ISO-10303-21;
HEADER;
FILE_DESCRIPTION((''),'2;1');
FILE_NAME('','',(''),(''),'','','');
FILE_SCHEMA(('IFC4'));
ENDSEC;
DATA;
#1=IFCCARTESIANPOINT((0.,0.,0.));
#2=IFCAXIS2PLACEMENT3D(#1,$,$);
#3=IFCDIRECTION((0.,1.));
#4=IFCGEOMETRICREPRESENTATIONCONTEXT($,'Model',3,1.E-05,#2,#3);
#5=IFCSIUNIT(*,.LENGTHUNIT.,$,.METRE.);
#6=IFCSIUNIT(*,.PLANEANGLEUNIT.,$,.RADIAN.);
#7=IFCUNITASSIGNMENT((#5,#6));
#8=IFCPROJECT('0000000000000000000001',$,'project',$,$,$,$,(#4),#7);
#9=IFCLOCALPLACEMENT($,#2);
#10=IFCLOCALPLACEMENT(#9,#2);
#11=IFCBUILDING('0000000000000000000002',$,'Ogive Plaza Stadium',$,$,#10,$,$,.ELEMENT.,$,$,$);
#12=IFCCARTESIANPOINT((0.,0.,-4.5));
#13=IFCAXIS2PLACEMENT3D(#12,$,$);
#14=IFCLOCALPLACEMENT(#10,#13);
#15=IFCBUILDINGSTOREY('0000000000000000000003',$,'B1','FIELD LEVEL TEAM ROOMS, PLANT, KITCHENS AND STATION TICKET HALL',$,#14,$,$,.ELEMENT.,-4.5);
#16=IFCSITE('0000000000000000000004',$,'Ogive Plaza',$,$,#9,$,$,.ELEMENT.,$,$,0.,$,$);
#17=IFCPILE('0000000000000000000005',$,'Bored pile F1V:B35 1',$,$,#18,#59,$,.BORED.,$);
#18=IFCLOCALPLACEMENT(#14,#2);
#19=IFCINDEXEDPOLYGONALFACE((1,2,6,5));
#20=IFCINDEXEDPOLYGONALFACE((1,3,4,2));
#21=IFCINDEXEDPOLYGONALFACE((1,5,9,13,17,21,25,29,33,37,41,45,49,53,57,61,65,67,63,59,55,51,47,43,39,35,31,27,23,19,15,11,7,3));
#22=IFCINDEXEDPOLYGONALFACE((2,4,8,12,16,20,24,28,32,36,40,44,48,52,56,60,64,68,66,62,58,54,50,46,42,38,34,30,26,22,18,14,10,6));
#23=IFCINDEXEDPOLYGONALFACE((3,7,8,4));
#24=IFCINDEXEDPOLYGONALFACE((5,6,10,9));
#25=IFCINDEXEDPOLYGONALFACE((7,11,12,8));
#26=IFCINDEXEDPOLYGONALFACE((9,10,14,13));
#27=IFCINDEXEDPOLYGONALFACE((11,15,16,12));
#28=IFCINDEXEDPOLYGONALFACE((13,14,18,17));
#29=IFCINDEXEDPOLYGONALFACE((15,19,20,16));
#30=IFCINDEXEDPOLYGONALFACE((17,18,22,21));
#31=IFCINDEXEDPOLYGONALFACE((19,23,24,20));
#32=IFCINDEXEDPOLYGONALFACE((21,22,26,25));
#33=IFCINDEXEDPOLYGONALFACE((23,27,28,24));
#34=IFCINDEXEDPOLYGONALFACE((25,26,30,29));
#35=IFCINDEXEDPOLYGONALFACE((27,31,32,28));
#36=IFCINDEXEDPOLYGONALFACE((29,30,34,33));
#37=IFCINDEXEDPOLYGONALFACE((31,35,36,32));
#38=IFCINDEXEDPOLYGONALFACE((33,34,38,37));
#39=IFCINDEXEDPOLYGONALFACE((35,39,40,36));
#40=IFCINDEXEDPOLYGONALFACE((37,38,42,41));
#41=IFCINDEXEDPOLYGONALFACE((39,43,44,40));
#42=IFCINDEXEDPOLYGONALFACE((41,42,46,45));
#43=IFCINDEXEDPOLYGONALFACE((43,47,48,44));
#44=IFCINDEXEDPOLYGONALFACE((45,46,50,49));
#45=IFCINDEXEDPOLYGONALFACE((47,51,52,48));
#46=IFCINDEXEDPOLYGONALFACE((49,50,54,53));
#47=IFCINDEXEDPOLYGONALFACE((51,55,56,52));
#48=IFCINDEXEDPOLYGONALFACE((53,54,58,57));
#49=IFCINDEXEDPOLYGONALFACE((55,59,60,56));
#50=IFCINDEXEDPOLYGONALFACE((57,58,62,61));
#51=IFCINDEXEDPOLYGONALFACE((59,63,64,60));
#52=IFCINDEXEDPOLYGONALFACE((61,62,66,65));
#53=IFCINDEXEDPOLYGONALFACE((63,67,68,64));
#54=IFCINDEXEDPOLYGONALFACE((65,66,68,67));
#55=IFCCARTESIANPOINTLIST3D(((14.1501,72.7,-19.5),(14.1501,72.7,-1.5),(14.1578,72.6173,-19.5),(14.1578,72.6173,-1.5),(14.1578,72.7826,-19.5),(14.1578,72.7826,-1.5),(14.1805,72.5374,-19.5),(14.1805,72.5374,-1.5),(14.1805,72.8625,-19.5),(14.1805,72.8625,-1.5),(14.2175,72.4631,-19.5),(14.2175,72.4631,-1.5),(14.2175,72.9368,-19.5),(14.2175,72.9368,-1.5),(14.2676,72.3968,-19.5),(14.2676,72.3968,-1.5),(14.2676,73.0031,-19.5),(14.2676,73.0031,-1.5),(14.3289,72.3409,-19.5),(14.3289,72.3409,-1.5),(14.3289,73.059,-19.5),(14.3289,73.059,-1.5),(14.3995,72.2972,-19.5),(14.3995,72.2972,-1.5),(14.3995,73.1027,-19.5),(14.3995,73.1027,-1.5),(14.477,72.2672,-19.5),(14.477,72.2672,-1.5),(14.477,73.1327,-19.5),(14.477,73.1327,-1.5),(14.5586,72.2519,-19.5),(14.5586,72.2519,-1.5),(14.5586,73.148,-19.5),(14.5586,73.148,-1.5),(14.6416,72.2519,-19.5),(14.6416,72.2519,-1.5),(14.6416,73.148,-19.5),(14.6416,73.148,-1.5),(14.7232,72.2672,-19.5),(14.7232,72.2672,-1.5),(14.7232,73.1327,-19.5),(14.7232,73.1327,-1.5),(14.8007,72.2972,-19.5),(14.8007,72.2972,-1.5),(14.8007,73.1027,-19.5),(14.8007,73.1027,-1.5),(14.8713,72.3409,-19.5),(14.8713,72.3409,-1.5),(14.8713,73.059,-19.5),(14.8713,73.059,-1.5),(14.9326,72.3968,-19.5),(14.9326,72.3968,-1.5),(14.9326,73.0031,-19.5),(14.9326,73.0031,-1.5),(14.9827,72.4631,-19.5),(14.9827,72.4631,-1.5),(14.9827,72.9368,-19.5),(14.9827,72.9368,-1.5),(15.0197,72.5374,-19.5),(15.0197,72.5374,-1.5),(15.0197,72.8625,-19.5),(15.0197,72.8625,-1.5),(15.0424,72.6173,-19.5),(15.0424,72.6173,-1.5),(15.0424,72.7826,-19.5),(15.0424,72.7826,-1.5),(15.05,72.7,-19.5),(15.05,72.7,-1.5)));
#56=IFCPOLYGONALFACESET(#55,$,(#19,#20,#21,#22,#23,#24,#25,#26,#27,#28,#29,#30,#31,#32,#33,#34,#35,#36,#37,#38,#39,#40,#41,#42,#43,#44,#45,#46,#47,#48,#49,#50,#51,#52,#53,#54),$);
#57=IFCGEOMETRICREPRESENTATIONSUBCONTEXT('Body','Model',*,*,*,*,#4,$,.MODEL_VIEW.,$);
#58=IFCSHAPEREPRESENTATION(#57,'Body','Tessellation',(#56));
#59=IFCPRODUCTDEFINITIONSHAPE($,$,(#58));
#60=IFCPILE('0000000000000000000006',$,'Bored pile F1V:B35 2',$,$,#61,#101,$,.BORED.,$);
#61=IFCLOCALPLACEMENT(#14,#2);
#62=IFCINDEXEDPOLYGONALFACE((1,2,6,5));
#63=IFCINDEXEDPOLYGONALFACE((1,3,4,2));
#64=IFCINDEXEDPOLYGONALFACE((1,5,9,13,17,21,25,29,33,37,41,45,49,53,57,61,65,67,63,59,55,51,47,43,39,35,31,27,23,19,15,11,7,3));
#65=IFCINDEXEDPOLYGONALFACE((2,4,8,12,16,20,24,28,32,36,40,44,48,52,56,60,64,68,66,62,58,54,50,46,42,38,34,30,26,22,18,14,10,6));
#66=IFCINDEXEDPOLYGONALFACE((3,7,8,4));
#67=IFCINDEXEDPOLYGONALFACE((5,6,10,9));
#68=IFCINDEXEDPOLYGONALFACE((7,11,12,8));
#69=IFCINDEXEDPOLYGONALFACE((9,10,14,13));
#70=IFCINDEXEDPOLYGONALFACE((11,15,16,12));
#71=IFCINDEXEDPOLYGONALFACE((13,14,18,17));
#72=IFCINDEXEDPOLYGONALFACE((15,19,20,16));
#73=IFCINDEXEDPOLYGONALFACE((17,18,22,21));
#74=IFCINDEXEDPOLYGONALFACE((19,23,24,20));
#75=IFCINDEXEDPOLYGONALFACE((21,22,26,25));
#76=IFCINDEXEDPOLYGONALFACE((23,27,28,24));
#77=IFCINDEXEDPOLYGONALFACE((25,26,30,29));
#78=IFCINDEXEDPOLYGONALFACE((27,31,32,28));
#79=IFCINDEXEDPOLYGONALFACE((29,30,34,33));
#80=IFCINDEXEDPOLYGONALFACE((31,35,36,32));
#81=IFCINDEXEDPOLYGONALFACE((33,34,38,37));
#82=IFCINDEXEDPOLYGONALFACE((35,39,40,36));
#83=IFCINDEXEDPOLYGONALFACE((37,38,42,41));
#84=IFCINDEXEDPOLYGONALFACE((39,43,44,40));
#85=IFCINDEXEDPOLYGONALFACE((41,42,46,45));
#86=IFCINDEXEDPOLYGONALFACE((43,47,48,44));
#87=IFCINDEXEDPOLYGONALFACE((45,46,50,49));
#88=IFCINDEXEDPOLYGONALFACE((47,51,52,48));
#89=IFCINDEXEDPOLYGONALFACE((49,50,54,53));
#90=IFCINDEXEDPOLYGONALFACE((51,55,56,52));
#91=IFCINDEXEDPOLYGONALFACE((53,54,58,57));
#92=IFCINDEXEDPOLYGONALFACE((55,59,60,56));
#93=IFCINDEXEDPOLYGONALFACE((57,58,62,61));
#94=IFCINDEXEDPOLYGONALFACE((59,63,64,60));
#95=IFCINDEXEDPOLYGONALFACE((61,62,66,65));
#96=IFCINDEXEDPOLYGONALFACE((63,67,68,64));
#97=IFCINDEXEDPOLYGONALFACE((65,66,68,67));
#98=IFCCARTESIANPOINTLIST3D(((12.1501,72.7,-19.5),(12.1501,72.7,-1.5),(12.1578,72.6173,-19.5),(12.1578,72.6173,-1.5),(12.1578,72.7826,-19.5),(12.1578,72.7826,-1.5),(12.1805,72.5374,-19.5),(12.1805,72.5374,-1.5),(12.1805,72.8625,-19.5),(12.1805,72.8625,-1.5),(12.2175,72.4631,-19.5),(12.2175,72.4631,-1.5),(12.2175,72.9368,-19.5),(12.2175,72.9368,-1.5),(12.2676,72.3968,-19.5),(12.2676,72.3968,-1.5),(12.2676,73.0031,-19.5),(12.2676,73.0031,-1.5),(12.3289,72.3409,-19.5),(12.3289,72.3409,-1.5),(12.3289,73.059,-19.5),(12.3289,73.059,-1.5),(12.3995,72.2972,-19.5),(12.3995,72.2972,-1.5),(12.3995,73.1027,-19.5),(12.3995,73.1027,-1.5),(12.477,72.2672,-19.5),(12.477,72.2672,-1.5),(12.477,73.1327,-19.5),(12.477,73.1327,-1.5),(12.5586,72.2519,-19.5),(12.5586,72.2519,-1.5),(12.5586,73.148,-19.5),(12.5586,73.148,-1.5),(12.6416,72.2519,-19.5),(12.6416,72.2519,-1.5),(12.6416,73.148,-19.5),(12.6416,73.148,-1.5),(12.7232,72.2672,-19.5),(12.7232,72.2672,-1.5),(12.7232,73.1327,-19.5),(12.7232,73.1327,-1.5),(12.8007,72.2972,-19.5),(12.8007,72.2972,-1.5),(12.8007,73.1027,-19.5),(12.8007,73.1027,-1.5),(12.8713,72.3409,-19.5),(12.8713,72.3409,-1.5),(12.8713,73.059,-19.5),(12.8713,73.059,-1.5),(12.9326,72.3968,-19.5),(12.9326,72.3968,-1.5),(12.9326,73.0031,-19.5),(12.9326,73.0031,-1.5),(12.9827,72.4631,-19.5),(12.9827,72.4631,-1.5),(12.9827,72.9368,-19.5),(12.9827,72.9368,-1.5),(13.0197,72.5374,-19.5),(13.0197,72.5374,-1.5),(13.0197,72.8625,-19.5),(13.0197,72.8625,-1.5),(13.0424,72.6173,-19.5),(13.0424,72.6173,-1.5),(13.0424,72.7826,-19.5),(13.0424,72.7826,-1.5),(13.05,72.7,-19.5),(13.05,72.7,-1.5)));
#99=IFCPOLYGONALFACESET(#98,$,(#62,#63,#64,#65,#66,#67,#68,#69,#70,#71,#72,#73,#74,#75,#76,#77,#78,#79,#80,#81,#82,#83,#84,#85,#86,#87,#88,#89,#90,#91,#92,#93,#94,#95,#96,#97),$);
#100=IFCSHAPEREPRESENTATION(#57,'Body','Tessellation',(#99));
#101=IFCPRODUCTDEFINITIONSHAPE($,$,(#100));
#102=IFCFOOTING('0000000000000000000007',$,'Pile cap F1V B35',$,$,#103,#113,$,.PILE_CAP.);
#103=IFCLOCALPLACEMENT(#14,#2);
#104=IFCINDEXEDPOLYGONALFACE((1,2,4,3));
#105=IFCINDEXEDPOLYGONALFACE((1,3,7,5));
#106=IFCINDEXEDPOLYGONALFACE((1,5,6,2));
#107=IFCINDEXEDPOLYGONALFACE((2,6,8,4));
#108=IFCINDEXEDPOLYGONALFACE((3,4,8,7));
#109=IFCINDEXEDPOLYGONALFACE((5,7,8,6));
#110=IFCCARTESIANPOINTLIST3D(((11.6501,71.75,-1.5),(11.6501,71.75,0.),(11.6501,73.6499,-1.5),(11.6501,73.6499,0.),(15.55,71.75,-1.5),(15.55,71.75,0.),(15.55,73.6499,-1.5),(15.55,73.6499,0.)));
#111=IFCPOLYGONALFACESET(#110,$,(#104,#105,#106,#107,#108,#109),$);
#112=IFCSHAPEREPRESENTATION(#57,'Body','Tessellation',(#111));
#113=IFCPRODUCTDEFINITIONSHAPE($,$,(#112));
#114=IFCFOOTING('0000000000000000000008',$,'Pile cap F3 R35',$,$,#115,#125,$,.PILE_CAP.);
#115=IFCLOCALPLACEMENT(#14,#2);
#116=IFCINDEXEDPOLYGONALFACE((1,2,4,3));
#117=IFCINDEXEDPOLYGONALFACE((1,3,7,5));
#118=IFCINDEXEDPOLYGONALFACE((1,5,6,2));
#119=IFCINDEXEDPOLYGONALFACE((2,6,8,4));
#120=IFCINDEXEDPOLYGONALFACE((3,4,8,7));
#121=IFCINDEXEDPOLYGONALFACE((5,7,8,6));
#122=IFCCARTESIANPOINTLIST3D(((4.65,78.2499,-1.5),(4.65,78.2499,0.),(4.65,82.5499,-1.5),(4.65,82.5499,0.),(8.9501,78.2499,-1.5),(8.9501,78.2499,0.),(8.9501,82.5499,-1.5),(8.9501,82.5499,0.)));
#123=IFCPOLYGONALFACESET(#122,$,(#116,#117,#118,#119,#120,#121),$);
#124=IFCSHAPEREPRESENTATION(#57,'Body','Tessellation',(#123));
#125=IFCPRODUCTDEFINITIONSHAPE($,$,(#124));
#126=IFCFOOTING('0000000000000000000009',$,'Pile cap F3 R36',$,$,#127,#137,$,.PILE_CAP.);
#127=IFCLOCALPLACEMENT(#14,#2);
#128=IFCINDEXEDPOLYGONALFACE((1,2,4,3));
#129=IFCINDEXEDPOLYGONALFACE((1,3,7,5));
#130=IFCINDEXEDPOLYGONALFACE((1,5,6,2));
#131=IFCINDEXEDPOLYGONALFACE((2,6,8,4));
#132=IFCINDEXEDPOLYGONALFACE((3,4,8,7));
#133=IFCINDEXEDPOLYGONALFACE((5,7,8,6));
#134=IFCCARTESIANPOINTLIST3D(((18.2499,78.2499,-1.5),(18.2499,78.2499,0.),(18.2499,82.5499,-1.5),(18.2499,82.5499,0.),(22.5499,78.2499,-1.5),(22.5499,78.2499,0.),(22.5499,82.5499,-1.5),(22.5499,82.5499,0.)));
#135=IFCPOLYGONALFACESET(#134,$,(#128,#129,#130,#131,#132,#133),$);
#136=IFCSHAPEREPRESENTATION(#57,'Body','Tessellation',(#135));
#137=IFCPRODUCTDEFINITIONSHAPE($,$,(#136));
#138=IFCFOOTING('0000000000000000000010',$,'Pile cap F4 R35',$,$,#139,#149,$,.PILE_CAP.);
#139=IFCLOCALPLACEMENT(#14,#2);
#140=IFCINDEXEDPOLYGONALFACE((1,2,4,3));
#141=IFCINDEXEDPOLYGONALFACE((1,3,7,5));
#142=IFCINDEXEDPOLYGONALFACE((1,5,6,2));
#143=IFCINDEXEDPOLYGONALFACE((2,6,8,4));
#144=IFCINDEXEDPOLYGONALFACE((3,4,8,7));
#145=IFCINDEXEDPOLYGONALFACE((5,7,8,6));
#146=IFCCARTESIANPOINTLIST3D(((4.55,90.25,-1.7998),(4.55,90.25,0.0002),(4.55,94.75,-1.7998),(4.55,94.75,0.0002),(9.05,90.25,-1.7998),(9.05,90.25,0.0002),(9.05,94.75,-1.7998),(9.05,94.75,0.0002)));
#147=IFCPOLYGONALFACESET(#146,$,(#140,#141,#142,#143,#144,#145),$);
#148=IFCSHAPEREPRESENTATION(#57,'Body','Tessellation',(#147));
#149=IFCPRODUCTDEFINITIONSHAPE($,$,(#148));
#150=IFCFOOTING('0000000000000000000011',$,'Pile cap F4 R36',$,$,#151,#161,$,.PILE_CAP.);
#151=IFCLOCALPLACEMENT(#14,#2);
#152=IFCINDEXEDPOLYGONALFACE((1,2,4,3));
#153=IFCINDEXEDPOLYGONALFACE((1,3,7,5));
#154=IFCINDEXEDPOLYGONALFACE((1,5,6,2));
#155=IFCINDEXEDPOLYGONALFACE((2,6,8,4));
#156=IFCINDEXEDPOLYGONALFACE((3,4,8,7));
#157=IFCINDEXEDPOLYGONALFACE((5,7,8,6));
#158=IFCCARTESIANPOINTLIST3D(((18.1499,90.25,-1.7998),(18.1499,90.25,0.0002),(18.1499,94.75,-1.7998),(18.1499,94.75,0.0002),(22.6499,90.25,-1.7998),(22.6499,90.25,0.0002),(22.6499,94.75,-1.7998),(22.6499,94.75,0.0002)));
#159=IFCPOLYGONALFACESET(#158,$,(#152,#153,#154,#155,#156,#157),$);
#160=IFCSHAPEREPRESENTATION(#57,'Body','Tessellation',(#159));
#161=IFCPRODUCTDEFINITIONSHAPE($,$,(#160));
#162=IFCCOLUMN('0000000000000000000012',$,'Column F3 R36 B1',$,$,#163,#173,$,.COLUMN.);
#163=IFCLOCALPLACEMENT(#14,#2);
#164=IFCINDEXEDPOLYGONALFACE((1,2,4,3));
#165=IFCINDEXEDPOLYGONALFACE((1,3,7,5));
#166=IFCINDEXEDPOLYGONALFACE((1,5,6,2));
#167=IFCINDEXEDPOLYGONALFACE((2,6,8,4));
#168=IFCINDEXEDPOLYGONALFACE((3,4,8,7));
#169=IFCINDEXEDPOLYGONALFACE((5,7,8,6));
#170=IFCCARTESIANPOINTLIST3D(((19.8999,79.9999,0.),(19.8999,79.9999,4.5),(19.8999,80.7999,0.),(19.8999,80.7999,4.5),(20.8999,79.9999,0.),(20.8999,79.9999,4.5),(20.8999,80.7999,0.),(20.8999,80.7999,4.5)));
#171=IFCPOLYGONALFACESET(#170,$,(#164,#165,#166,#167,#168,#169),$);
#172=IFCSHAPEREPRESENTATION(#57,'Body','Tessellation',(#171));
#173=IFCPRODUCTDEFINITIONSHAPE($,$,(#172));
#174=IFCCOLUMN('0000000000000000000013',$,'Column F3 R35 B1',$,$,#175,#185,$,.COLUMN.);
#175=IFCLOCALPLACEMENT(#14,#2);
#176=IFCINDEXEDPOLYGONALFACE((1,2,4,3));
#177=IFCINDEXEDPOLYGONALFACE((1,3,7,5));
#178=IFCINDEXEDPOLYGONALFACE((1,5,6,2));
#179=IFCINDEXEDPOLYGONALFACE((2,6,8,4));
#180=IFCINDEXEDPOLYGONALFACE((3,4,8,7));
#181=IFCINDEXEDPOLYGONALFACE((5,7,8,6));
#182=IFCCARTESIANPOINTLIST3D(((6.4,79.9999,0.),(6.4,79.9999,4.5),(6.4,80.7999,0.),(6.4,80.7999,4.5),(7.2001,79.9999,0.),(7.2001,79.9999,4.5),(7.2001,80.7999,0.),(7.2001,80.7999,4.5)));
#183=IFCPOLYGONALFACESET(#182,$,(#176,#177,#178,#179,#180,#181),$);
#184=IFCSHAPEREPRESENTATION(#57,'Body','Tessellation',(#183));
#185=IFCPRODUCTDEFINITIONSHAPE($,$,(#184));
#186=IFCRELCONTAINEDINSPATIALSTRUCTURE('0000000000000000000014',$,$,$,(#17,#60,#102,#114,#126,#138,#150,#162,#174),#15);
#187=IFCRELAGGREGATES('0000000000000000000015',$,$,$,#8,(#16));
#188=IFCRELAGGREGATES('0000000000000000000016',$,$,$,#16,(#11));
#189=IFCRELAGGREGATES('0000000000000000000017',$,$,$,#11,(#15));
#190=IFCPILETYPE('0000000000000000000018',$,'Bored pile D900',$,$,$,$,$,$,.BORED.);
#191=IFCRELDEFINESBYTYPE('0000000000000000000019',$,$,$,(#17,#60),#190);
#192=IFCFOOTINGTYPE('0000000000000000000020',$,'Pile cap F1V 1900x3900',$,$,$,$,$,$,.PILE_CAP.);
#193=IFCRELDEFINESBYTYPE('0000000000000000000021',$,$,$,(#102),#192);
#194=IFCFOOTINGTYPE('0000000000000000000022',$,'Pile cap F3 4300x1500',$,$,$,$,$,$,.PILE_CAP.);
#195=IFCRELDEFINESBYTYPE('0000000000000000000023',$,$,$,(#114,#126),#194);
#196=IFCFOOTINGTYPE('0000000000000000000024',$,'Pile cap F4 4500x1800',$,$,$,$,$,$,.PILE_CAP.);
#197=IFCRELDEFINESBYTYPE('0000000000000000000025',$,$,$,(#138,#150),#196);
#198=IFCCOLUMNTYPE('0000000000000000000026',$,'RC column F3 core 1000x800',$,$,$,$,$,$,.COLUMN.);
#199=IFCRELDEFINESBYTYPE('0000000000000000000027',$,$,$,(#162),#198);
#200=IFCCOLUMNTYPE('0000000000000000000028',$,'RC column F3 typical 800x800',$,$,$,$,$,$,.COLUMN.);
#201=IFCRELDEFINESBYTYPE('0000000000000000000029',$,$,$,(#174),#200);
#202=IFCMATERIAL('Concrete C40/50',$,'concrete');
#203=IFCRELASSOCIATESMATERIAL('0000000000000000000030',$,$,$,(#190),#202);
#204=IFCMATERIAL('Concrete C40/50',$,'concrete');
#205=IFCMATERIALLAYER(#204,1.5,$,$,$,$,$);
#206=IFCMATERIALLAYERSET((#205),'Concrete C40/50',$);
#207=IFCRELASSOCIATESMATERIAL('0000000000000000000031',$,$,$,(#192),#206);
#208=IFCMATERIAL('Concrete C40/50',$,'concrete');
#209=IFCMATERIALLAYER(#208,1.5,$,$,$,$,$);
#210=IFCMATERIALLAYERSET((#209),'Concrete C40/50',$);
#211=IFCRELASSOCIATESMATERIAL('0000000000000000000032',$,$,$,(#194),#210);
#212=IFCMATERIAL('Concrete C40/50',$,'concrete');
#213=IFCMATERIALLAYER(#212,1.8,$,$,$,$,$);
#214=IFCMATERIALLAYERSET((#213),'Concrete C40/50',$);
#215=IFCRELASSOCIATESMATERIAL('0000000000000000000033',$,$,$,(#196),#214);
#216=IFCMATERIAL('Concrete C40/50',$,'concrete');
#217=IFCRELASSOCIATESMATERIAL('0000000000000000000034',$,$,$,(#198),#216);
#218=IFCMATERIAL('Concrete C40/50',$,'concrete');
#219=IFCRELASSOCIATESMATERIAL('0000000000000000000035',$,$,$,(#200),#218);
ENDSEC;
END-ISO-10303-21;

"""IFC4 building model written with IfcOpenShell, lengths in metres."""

from ifc_helpers import new_model, si_unit, direction, frame, origin, origin_2d, place, context, subcontext, project, spatial, rectangle, circle, extrude, material, layer, layer_set, material_profile, profile_set, type_object, element, save


model = new_model("IFC4")

# Units and contexts
model_context = context("Model", 3, precision=1e-05, world=origin(), true_north=direction((0.0, 1.0)))
body_context = subcontext(model_context, "Body", "Model", "MODEL_VIEW")
ifc_project = project(units=[si_unit("LENGTHUNIT", "METRE"), si_unit("PLANEANGLEUNIT", "RADIAN")], contexts=[model_context])

# Site, building, storey
site_placement = place(None, origin())
site = spatial("IfcSite", under=ifc_project, at=site_placement, Name="Ogive Plaza", CompositionType="ELEMENT", RefElevation=0.0)
building_placement = place(site_placement, origin())
building = spatial("IfcBuilding", under=site, at=building_placement, Name="Ogive Plaza Stadium", CompositionType="ELEMENT")
storey_placement = place(building_placement, frame((0.0, 0.0, -4.5)))
storey = spatial("IfcBuildingStorey", under=building, at=storey_placement, Name="B1", Description="FIELD LEVEL TEAM ROOMS, PLANT, KITCHENS AND STATION TICKET HALL", CompositionType="ELEMENT", Elevation=-4.5)

# Piles
ifc_material_1 = material(Name="Concrete C40/50", Category="concrete")
ifc_material_profile_1 = material_profile(ifc_material_1, circle(Radius=0.45, at=origin_2d()), Name="RC D900")
ifc_profile_set_1 = profile_set([ifc_material_profile_1], Name="Concrete C40/50")
pile_type_1 = type_object("IfcPileType", Name="Bored pile D900", PredefinedType="BORED", material=ifc_profile_set_1)
for number, where, z_axis, x_axis, name in (
    (1, (14.6001, 72.7, -1.5), (0.0, 0.0, -1.0), (1.0, 0.0, 0.0), "Bored pile F1V:B35 1"),
    (2, (12.6001, 72.7, -1.5), (0.0, 0.0, -1.0), (1.0, 0.0, 0.0), "Bored pile F1V:B35 2"),
):
    element("IfcPile", number, at=place(storey_placement, frame(where, z_axis=z_axis, x_axis=x_axis)), inside=storey, type_object=pile_type_1, Name=name, PredefinedType="BORED", context=body_context, shape_type="SweptSolid", body=[
        extrude(circle(Radius=0.45, at=origin_2d()), origin(), (0.0, 0.0, 1.0), 18.0),
    ])

# Footings
ifc_material_2 = material(Name="Concrete C40/50", Category="concrete")
ifc_layer_1 = layer(ifc_material_2, 1.5)
ifc_layer_set_1 = layer_set([ifc_layer_1], Name="Concrete C40/50")
footing_type_1 = type_object("IfcFootingType", Name="Pile cap F1V 1900x3900", PredefinedType="PILE_CAP", material=ifc_layer_set_1)
footing_placement = place(storey_placement, frame((13.6001, 72.7, -1.5), z_axis=(0.0, 0.0, 1.0), x_axis=(0.0, 1.0, 0.0)))
element("IfcFooting", 3, at=footing_placement, inside=storey, type_object=footing_type_1, Name="Pile cap F1V B35", PredefinedType="PILE_CAP", context=body_context, shape_type="SweptSolid", body=[
    extrude(rectangle(XDim=1.8999, YDim=3.8999, at=origin_2d()), origin(), (0.0, 0.0, 1.0), 1.5),
])
ifc_material_3 = material(Name="Concrete C40/50", Category="concrete")
ifc_layer_2 = layer(ifc_material_3, 1.5)
ifc_layer_set_2 = layer_set([ifc_layer_2], Name="Concrete C40/50")
footing_type_2 = type_object("IfcFootingType", Name="Pile cap F3 4300x1500", PredefinedType="PILE_CAP", material=ifc_layer_set_2)
for number, where, z_axis, x_axis, name in (
    (4, (6.8, 80.3999, -1.5), (0.0, 0.0, 1.0), (0.0, 1.0, 0.0), "Pile cap F3 R35"),
    (5, (20.3999, 80.3999, -1.5), (0.0, 0.0, 1.0), (0.0, 1.0, 0.0), "Pile cap F3 R36"),
):
    element("IfcFooting", number, at=place(storey_placement, frame(where, z_axis=z_axis, x_axis=x_axis)), inside=storey, type_object=footing_type_2, Name=name, PredefinedType="PILE_CAP", context=body_context, shape_type="SweptSolid", body=[
        extrude(rectangle(XDim=4.3, YDim=4.3, at=origin_2d()), origin(), (0.0, 0.0, 1.0), 1.5),
    ])
ifc_material_4 = material(Name="Concrete C40/50", Category="concrete")
ifc_layer_3 = layer(ifc_material_4, 1.8)
ifc_layer_set_3 = layer_set([ifc_layer_3], Name="Concrete C40/50")
footing_type_3 = type_object("IfcFootingType", Name="Pile cap F4 4500x1800", PredefinedType="PILE_CAP", material=ifc_layer_set_3)
for number, where, z_axis, x_axis, name in (
    (6, (6.8, 92.5, -1.7998), (0.0, 0.0, 1.0), (0.0, 1.0, 0.0), "Pile cap F4 R35"),
    (7, (20.3999, 92.5, -1.7998), (0.0, 0.0, 1.0), (0.0, 1.0, 0.0), "Pile cap F4 R36"),
):
    element("IfcFooting", number, at=place(storey_placement, frame(where, z_axis=z_axis, x_axis=x_axis)), inside=storey, type_object=footing_type_3, Name=name, PredefinedType="PILE_CAP", context=body_context, shape_type="SweptSolid", body=[
        extrude(rectangle(XDim=4.5, YDim=4.5, at=origin_2d()), origin(), (0.0, 0.0, 1.0), 1.8),
    ])

# Columns
ifc_material_5 = material(Name="Concrete C40/50", Category="concrete")
ifc_material_profile_2 = material_profile(ifc_material_5, rectangle(XDim=1.0, YDim=0.8, at=origin_2d()), Name="RC 1000x800")
ifc_profile_set_2 = profile_set([ifc_material_profile_2], Name="Concrete C40/50")
column_type_1 = type_object("IfcColumnType", Name="RC column F3 core 1000x800", PredefinedType="COLUMN", material=ifc_profile_set_2)
column_1_placement = place(storey_placement, frame((20.3999, 80.3999, 0.0), z_axis=(0.0, 0.0, 1.0), x_axis=(-1.0, 0.0, 0.0)))
element("IfcColumn", 8, at=column_1_placement, inside=storey, type_object=column_type_1, Name="Column F3 R36 B1", PredefinedType="COLUMN", context=body_context, shape_type="SweptSolid", body=[
    extrude(rectangle(XDim=1.0, YDim=0.8, at=origin_2d()), origin(), (0.0, 0.0, 1.0), 4.5),
])
ifc_material_6 = material(Name="Concrete C40/50", Category="concrete")
ifc_material_profile_3 = material_profile(ifc_material_6, rectangle(XDim=0.8, YDim=0.8, at=origin_2d()), Name="RC 800x800")
ifc_profile_set_3 = profile_set([ifc_material_profile_3], Name="Concrete C40/50")
column_type_2 = type_object("IfcColumnType", Name="RC column F3 typical 800x800", PredefinedType="COLUMN", material=ifc_profile_set_3)
column_2_placement = place(storey_placement, frame((6.8, 80.3999, 0.0), z_axis=(0.0, 0.0, 1.0), x_axis=(-1.0, 0.0, 0.0)))
element("IfcColumn", 9, at=column_2_placement, inside=storey, type_object=column_type_2, Name="Column F3 R35 B1", PredefinedType="COLUMN", context=body_context, shape_type="SweptSolid", body=[
    extrude(rectangle(XDim=0.8, YDim=0.8, at=origin_2d()), origin(), (0.0, 0.0, 1.0), 4.5),
])

save(model, "model.ifc")
